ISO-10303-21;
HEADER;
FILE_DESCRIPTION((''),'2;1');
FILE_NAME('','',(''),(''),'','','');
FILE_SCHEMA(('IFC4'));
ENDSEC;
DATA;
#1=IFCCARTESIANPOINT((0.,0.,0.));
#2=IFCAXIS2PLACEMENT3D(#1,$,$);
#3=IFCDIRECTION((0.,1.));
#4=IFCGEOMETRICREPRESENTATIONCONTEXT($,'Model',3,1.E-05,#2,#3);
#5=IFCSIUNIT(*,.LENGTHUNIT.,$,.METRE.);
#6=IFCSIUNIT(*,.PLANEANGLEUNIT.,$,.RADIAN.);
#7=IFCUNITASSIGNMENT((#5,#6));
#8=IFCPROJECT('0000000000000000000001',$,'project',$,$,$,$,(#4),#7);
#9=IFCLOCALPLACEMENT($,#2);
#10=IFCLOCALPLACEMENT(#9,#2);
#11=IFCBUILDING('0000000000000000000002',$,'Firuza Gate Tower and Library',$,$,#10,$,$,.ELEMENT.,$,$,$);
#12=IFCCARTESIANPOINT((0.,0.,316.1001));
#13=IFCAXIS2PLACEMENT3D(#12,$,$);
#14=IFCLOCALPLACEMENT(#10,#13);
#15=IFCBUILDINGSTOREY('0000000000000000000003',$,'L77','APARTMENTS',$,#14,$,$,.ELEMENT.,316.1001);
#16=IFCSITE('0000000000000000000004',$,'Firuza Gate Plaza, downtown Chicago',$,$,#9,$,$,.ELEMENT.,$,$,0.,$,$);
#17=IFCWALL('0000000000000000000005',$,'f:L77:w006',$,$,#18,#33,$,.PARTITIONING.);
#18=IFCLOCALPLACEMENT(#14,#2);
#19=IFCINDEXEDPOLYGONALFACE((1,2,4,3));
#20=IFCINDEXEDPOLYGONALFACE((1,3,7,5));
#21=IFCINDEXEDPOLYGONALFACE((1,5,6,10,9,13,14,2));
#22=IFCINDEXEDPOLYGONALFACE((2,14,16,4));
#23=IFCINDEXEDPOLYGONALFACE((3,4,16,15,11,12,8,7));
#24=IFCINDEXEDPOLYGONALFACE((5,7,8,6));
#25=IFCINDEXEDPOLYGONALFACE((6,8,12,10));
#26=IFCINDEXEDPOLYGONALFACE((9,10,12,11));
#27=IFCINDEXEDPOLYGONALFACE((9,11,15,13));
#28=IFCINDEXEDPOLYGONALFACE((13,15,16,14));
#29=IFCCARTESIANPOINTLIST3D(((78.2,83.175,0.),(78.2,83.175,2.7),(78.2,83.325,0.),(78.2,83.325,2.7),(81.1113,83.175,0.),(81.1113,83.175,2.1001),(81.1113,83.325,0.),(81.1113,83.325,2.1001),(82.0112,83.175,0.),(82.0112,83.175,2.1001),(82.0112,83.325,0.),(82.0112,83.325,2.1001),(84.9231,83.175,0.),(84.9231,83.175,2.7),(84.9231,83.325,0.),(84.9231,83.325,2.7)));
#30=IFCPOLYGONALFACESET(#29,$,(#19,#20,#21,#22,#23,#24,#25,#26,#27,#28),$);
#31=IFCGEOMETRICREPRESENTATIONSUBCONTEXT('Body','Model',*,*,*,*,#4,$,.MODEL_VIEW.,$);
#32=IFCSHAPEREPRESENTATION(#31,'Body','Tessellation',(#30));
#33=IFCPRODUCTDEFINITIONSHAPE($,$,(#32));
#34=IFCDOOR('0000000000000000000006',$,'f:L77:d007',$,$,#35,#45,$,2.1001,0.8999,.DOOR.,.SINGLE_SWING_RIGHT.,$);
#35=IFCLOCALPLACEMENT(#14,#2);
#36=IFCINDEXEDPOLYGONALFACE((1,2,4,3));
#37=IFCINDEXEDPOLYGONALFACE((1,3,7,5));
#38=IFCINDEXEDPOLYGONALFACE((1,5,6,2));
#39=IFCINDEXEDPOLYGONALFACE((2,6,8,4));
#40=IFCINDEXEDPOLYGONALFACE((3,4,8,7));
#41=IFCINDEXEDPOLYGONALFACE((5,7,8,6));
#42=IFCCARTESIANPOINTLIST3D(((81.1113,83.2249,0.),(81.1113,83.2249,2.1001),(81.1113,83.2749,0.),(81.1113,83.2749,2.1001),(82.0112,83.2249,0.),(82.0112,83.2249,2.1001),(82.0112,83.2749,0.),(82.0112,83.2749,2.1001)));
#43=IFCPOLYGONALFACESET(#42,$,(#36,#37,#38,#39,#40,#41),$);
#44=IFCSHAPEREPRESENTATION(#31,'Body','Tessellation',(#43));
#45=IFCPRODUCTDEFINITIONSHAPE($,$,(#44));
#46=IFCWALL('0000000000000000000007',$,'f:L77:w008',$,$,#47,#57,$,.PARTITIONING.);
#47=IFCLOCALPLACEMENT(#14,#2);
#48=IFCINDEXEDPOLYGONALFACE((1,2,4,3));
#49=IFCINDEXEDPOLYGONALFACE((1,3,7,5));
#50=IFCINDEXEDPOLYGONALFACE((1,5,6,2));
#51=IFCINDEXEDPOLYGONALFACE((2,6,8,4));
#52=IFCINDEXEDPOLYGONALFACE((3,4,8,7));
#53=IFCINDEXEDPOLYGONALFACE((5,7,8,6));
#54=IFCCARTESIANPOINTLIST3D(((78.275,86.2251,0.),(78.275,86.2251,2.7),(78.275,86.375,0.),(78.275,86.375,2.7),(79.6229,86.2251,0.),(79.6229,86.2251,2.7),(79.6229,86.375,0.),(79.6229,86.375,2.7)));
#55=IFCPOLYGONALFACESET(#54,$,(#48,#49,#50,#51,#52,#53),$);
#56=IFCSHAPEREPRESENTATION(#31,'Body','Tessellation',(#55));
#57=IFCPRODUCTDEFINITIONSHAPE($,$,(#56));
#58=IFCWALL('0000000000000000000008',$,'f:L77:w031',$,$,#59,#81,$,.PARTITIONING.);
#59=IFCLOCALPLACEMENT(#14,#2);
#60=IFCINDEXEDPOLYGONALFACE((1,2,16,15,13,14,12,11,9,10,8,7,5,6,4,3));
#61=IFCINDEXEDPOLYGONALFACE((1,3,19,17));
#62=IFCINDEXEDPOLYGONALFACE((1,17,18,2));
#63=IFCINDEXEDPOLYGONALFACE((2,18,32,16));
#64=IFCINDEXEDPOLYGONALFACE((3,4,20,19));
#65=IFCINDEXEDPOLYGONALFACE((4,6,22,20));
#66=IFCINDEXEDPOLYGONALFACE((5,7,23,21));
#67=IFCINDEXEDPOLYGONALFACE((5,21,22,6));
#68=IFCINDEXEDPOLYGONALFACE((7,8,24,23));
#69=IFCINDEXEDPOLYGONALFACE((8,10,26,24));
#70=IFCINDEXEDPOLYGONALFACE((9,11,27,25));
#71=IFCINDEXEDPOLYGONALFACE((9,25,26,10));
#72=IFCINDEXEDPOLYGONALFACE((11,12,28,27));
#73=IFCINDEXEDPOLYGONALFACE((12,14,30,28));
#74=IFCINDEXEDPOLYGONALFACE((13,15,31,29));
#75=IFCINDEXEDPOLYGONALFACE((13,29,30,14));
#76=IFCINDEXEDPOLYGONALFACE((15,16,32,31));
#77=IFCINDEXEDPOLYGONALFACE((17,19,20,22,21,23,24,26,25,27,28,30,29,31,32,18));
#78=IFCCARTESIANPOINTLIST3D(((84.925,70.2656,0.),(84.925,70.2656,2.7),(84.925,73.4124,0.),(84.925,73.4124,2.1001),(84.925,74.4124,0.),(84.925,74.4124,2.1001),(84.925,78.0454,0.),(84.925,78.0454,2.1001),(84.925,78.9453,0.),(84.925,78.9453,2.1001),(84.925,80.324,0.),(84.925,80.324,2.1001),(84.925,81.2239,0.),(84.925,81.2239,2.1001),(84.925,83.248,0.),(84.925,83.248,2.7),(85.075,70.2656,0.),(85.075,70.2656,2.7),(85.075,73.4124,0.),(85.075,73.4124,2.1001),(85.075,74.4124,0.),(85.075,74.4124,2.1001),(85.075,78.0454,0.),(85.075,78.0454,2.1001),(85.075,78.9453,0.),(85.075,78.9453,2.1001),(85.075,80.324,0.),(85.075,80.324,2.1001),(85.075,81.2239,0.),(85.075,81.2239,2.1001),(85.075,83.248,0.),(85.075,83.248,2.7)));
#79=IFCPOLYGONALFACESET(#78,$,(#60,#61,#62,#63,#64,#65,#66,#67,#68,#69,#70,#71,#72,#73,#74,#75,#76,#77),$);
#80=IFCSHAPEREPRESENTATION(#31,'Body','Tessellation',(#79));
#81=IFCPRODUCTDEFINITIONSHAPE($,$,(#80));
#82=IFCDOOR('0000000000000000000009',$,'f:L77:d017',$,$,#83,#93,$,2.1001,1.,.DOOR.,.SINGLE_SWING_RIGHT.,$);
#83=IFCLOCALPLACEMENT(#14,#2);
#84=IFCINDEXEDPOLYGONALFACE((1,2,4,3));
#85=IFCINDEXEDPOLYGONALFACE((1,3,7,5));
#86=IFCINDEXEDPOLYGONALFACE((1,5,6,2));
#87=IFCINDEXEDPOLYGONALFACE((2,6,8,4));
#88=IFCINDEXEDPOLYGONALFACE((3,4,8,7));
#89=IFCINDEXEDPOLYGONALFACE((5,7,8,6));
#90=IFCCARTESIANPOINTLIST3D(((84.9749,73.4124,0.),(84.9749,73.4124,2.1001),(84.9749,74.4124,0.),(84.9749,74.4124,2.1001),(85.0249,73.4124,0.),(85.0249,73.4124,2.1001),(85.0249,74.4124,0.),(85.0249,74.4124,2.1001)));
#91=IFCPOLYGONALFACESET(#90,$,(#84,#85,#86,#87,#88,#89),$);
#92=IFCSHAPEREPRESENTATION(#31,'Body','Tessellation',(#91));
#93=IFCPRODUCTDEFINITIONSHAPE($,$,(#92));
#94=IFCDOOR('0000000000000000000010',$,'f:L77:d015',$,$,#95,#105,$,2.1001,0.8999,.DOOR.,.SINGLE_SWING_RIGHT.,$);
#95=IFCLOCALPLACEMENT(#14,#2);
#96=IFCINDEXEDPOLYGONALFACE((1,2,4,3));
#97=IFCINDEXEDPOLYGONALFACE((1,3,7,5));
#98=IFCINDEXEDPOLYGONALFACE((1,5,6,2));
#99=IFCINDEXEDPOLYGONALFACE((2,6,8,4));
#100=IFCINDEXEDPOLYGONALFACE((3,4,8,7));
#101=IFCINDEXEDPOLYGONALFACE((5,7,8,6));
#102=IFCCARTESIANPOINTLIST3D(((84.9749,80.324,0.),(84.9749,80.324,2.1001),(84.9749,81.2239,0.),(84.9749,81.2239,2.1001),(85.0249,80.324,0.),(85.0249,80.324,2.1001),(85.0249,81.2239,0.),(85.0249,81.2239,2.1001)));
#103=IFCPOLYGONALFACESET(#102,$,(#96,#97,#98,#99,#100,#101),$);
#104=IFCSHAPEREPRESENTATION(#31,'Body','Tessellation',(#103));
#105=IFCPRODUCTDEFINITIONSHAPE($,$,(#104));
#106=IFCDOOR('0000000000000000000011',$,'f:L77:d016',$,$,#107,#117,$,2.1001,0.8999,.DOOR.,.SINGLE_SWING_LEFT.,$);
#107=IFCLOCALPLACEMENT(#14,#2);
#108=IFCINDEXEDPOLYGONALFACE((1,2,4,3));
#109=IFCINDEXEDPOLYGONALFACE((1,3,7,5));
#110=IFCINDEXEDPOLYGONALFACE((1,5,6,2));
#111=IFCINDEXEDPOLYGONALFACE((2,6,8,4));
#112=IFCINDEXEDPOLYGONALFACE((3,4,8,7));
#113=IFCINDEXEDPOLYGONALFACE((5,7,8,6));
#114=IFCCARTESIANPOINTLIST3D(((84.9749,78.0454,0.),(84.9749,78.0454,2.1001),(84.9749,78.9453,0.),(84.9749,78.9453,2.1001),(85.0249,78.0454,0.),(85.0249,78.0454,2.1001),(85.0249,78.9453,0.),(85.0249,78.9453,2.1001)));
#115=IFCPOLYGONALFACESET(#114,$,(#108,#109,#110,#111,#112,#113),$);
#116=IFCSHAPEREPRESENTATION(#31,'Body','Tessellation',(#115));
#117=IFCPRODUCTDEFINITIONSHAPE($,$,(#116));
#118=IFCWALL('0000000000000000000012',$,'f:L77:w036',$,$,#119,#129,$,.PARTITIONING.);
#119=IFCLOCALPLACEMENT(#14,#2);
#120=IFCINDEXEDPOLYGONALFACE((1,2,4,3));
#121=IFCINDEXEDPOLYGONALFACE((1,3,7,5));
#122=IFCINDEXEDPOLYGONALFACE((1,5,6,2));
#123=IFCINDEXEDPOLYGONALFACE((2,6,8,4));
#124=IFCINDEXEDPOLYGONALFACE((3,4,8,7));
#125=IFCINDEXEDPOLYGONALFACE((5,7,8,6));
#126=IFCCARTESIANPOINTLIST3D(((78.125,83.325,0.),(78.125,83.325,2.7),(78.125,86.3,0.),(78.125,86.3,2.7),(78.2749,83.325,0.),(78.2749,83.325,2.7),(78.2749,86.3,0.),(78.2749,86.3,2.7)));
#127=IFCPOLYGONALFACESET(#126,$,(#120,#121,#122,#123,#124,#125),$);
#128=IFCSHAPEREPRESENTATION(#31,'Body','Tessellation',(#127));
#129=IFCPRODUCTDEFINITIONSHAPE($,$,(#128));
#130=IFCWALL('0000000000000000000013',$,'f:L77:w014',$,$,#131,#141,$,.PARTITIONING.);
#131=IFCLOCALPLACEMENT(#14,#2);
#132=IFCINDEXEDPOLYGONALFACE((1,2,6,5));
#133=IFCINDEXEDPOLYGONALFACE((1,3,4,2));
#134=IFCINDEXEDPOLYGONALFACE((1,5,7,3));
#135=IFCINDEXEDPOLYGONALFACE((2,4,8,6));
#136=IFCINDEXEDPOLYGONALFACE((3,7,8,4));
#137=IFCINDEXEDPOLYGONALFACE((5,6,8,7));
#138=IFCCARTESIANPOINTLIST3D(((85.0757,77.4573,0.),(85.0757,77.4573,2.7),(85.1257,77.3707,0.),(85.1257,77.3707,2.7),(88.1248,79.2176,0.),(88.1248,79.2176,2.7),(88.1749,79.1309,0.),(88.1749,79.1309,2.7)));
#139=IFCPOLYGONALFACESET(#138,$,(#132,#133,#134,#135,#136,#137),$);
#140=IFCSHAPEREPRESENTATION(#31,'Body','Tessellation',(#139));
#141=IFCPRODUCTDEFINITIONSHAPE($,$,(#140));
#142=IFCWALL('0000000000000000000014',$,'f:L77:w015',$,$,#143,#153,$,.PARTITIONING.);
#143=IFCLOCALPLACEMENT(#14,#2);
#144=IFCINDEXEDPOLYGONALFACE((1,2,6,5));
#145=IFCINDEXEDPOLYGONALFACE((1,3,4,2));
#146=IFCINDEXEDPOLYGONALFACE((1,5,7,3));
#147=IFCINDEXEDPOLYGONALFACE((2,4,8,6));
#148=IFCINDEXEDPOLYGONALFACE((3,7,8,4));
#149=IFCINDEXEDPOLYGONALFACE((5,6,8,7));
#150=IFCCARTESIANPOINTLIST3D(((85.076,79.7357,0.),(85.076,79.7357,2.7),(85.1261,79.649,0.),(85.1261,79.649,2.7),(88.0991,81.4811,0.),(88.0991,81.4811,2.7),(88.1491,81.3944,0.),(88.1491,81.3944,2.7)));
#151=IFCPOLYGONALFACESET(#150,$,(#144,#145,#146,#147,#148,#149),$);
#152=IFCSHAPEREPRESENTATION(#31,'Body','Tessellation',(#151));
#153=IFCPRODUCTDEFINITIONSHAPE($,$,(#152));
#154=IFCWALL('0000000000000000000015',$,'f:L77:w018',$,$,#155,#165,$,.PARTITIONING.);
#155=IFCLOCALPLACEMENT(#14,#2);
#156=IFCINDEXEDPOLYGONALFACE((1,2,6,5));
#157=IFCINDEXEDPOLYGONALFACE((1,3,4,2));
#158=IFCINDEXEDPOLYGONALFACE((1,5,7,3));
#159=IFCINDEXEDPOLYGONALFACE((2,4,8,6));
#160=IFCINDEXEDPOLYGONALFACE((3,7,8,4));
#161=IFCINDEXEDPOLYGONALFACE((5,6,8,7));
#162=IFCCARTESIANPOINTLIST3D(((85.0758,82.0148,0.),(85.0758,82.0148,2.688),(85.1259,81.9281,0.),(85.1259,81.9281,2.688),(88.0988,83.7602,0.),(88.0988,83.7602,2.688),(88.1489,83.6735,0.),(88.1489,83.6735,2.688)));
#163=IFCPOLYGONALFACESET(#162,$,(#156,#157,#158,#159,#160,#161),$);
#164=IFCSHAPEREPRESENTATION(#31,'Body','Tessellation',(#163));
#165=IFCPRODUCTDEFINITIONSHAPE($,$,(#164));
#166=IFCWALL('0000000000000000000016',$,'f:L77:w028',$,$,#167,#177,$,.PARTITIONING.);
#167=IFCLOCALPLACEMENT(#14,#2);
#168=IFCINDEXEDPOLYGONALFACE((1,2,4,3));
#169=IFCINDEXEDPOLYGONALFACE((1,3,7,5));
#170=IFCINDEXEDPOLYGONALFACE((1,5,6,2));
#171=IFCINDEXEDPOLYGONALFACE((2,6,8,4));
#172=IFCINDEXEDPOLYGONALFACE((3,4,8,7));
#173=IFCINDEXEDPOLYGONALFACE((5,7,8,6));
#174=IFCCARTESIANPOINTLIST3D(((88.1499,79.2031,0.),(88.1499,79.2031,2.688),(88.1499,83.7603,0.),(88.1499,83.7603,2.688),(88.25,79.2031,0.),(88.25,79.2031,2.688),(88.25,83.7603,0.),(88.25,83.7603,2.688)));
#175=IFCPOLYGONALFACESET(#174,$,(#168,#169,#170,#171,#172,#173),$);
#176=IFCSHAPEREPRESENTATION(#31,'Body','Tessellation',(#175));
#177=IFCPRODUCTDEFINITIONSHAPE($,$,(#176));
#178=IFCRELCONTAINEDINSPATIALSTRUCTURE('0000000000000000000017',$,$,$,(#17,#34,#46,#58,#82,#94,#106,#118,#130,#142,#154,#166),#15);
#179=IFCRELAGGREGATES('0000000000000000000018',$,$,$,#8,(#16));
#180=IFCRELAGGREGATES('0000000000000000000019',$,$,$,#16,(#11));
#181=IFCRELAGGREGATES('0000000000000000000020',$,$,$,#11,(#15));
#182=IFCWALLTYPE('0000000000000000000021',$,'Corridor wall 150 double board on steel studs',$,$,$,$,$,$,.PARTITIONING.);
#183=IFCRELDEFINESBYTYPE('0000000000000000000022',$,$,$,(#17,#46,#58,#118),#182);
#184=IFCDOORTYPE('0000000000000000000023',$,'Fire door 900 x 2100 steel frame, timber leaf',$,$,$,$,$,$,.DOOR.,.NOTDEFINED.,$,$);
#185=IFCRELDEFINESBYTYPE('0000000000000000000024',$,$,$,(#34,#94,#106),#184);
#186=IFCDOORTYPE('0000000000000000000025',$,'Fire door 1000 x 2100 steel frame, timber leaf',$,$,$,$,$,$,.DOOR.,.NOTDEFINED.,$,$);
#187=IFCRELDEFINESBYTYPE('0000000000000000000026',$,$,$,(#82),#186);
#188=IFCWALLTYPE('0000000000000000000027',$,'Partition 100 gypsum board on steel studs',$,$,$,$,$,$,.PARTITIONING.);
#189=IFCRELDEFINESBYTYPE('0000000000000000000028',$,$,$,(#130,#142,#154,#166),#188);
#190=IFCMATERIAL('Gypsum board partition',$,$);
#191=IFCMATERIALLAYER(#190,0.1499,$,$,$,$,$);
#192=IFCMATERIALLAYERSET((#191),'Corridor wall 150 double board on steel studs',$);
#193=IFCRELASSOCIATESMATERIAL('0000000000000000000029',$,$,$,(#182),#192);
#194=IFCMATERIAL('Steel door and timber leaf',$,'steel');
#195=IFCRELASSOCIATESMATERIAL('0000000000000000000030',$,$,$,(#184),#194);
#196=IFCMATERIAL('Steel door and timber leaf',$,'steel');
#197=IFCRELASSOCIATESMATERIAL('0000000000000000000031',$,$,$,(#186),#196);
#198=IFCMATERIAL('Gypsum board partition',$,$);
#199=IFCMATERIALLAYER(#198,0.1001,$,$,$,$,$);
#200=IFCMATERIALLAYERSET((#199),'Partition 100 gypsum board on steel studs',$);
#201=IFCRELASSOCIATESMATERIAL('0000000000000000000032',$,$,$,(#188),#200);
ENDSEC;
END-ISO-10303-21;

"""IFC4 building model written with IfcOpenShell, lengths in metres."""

from ifc_helpers import new_model, si_unit, direction, frame, frame_2d, origin, place, context, subcontext, project, spatial, rectangle, extrude, material, layer, layer_set, type_object, element, fill, save


model = new_model("IFC4")

# Units and contexts
model_context = context("Model", 3, precision=1e-05, world=origin(), true_north=direction((0.0, 1.0)))
body_context = subcontext(model_context, "Body", "Model", "MODEL_VIEW")
ifc_project = project(units=[si_unit("LENGTHUNIT", "METRE"), si_unit("PLANEANGLEUNIT", "RADIAN")], contexts=[model_context])

# Site, building, storey
site_placement = place(None, origin())
site = spatial("IfcSite", under=ifc_project, at=site_placement, Name="Firuza Gate Plaza, downtown Chicago", CompositionType="ELEMENT", RefElevation=0.0)
building_placement = place(site_placement, origin())
building = spatial("IfcBuilding", under=site, at=building_placement, Name="Firuza Gate Tower and Library", CompositionType="ELEMENT")
storey_placement = place(building_placement, frame((0.0, 0.0, 316.1001)))
storey = spatial("IfcBuildingStorey", under=building, at=storey_placement, Name="L77", Description="APARTMENTS", CompositionType="ELEMENT", Elevation=316.1001)

# Wall, opening, door
ifc_material_1 = material(Name="Gypsum board partition")
ifc_layer_1 = layer(ifc_material_1, 0.1499)
ifc_layer_set_1 = layer_set([ifc_layer_1], Name="Corridor wall 150 double board on steel studs")
wall_type_1 = type_object("IfcWallType", Name="Corridor wall 150 double board on steel studs", PredefinedType="PARTITIONING", material=ifc_layer_set_1)
wall_1_placement = place(storey_placement, frame((78.2, 83.25, 0.0), z_axis=(0.0, 0.0, 1.0), x_axis=(1.0, 0.0, 0.0)))
wall_1 = element("IfcWall", 1, at=wall_1_placement, inside=storey, type_object=wall_type_1, Name="f:L77:w006", PredefinedType="PARTITIONING", context=body_context, shape_type="SweptSolid", body=[
    extrude(rectangle(XDim=6.7231, YDim=0.1499, at=frame_2d((3.3616, 0.0))), origin(), (0.0, 0.0, 1.0), 2.7),
])
opening_1_placement = place(wall_1_placement, frame((2.9114, 0.0, 0.0)))
opening_1 = element("IfcOpeningElement", 2, at=opening_1_placement, cuts=wall_1, PredefinedType="OPENING", context=body_context, shape_type="SweptSolid", body=[
    extrude(rectangle(XDim=0.8999, YDim=2.1001, at=frame_2d((0.45, 1.05))), frame((0.0, 0.085, 0.0), z_axis=(0.0, -1.0, 0.0), x_axis=(1.0, 0.0, 0.0)), (0.0, 0.0, 1.0), 0.1699),
])
ifc_material_2 = material(Name="Steel door and timber leaf", Category="steel")
door_type_1 = type_object("IfcDoorType", Name="Fire door 900 x 2100 steel frame, timber leaf", OperationType="NOTDEFINED", PredefinedType="DOOR", material=ifc_material_2)
door_1_placement = place(opening_1_placement, origin())
door_1 = element("IfcDoor", 3, at=door_1_placement, inside=storey, type_object=door_type_1, Name="f:L77:d007", OperationType="SINGLE_SWING_RIGHT", OverallHeight=2.1001, OverallWidth=0.8999, PredefinedType="DOOR", context=body_context, shape_type="SweptSolid", body=[
    extrude(rectangle(XDim=0.8999, YDim=2.1001, at=frame_2d((0.45, 1.05))), frame((0.0, 0.0249, 0.0), z_axis=(0.0, -1.0, 0.0), x_axis=(1.0, 0.0, 0.0)), (0.0, 0.0, 1.0), 0.05),
])
fill(opening_1, door_1)

# Wall
wall_2_placement = place(storey_placement, frame((78.2751, 86.3, 0.0), z_axis=(0.0, 0.0, 1.0), x_axis=(1.0, 0.0, 0.0)))
element("IfcWall", 4, at=wall_2_placement, inside=storey, type_object=wall_type_1, Name="f:L77:w008", PredefinedType="PARTITIONING", context=body_context, shape_type="SweptSolid", body=[
    extrude(rectangle(XDim=1.3479, YDim=0.1499, at=frame_2d((0.6738, 0.0))), origin(), (0.0, 0.0, 1.0), 2.7),
])

# Wall, openings, doors
wall_3_placement = place(storey_placement, frame((85.0, 83.248, 0.0), z_axis=(0.0, 0.0, 1.0), x_axis=(0.0, -1.0, 0.0)))
wall_3 = element("IfcWall", 5, at=wall_3_placement, inside=storey, type_object=wall_type_1, Name="f:L77:w031", PredefinedType="PARTITIONING", context=body_context, shape_type="SweptSolid", body=[
    extrude(rectangle(XDim=12.9824, YDim=0.1499, at=frame_2d((6.4912, 0.0))), origin(), (0.0, 0.0, 1.0), 2.7),
])
opening_2_placement = place(wall_3_placement, frame((2.0242, 0.0, 0.0)))
opening_2 = element("IfcOpeningElement", 6, at=opening_2_placement, cuts=wall_3, PredefinedType="OPENING", context=body_context, shape_type="SweptSolid", body=[
    extrude(rectangle(XDim=0.8999, YDim=2.1001, at=frame_2d((0.45, 1.05))), frame((0.0, 0.085, 0.0), z_axis=(0.0, -1.0, 0.0), x_axis=(1.0, 0.0, 0.0)), (0.0, 0.0, 1.0), 0.1699),
])
opening_3_placement = place(wall_3_placement, frame((4.3027, 0.0, 0.0)))
opening_3 = element("IfcOpeningElement", 7, at=opening_3_placement, cuts=wall_3, PredefinedType="OPENING", context=body_context, shape_type="SweptSolid", body=[
    extrude(rectangle(XDim=0.8999, YDim=2.1001, at=frame_2d((0.45, 1.05))), frame((0.0, 0.085, 0.0), z_axis=(0.0, -1.0, 0.0), x_axis=(1.0, 0.0, 0.0)), (0.0, 0.0, 1.0), 0.1699),
])
opening_4_placement = place(wall_3_placement, frame((8.8357, 0.0, 0.0)))
opening_4 = element("IfcOpeningElement", 8, at=opening_4_placement, cuts=wall_3, PredefinedType="OPENING", context=body_context, shape_type="SweptSolid", body=[
    extrude(rectangle(XDim=1.0, YDim=2.1001, at=frame_2d((0.5, 1.05))), frame((0.0, 0.085, 0.0), z_axis=(0.0, -1.0, 0.0), x_axis=(1.0, 0.0, 0.0)), (0.0, 0.0, 1.0), 0.1699),
])
ifc_material_3 = material(Name="Steel door and timber leaf", Category="steel")
door_type_2 = type_object("IfcDoorType", Name="Fire door 1000 x 2100 steel frame, timber leaf", OperationType="NOTDEFINED", PredefinedType="DOOR", material=ifc_material_3)
door_2_placement = place(opening_4_placement, origin())
door_2 = element("IfcDoor", 9, at=door_2_placement, inside=storey, type_object=door_type_2, Name="f:L77:d017", OperationType="SINGLE_SWING_RIGHT", OverallHeight=2.1001, OverallWidth=1.0, PredefinedType="DOOR", context=body_context, shape_type="SweptSolid", body=[
    extrude(rectangle(XDim=1.0, YDim=2.1001, at=frame_2d((0.5, 1.05))), frame((0.0, 0.0249, 0.0), z_axis=(0.0, -1.0, 0.0), x_axis=(1.0, 0.0, 0.0)), (0.0, 0.0, 1.0), 0.05),
])
fill(opening_4, door_2)
door_3_placement = place(opening_2_placement, origin())
door_3 = element("IfcDoor", 10, at=door_3_placement, inside=storey, type_object=door_type_1, Name="f:L77:d015", OperationType="SINGLE_SWING_RIGHT", OverallHeight=2.1001, OverallWidth=0.8999, PredefinedType="DOOR", context=body_context, shape_type="SweptSolid", body=[
    extrude(rectangle(XDim=0.8999, YDim=2.1001, at=frame_2d((0.45, 1.05))), frame((0.0, 0.0249, 0.0), z_axis=(0.0, -1.0, 0.0), x_axis=(1.0, 0.0, 0.0)), (0.0, 0.0, 1.0), 0.05),
])
fill(opening_2, door_3)
door_4_placement = place(opening_3_placement, origin())
door_4 = element("IfcDoor", 11, at=door_4_placement, inside=storey, type_object=door_type_1, Name="f:L77:d016", OperationType="SINGLE_SWING_LEFT", OverallHeight=2.1001, OverallWidth=0.8999, PredefinedType="DOOR", context=body_context, shape_type="SweptSolid", body=[
    extrude(rectangle(XDim=0.8999, YDim=2.1001, at=frame_2d((0.45, 1.05))), frame((0.0, 0.0249, 0.0), z_axis=(0.0, -1.0, 0.0), x_axis=(1.0, 0.0, 0.0)), (0.0, 0.0, 1.0), 0.05),
])
fill(opening_3, door_4)

# Walls
wall_4_placement = place(storey_placement, frame((78.2, 83.325, 0.0), z_axis=(0.0, 0.0, 1.0), x_axis=(0.0, 1.0, 0.0)))
element("IfcWall", 12, at=wall_4_placement, inside=storey, type_object=wall_type_1, Name="f:L77:w036", PredefinedType="PARTITIONING", context=body_context, shape_type="SweptSolid", body=[
    extrude(rectangle(XDim=2.9751, YDim=0.1499, at=frame_2d((1.4875, 0.0))), origin(), (0.0, 0.0, 1.0), 2.7),
])
ifc_material_4 = material(Name="Gypsum board partition")
ifc_layer_2 = layer(ifc_material_4, 0.1001)
ifc_layer_set_2 = layer_set([ifc_layer_2], Name="Partition 100 gypsum board on steel studs")
wall_type_2 = type_object("IfcWallType", Name="Partition 100 gypsum board on steel studs", PredefinedType="PARTITIONING", material=ifc_layer_set_2)
wall_5_placement = place(storey_placement, frame((85.1008, 77.4141, 0.0), z_axis=(0.0, 0.0, 1.0), x_axis=(0.866041, 0.499973, 0.0)))
element("IfcWall", 13, at=wall_5_placement, inside=storey, type_object=wall_type_2, Name="f:L77:w014", PredefinedType="PARTITIONING", context=body_context, shape_type="SweptSolid", body=[
    extrude(rectangle(XDim=3.5208, YDim=0.1001, at=frame_2d((1.7603, 0.0))), origin(), (0.0, 0.0, 1.0), 2.7),
])
wall_6_placement = place(storey_placement, frame((85.1011, 79.6924, 0.0), z_axis=(0.0, 0.0, 1.0), x_axis=(0.866018, 0.500013, 0.0)))
element("IfcWall", 14, at=wall_6_placement, inside=storey, type_object=wall_type_2, Name="f:L77:w015", PredefinedType="PARTITIONING", context=body_context, shape_type="SweptSolid", body=[
    extrude(rectangle(XDim=3.4907, YDim=0.1001, at=frame_2d((1.7454, 0.0))), origin(), (0.0, 0.0, 1.0), 2.7),
])
wall_7_placement = place(storey_placement, frame((85.1008, 81.9714, 0.0), z_axis=(0.0, 0.0, 1.0), x_axis=(0.866018, 0.500013, 0.0)))
element("IfcWall", 15, at=wall_7_placement, inside=storey, type_object=wall_type_2, Name="f:L77:w018", PredefinedType="PARTITIONING", context=body_context, shape_type="SweptSolid", body=[
    extrude(rectangle(XDim=3.4907, YDim=0.1001, at=frame_2d((1.7454, 0.0))), origin(), (0.0, 0.0, 1.0), 2.688),
])
wall_8_placement = place(storey_placement, frame((88.2, 79.2031, 0.0), z_axis=(0.0, 0.0, 1.0), x_axis=(0.0, 1.0, 0.0)))
element("IfcWall", 16, at=wall_8_placement, inside=storey, type_object=wall_type_2, Name="f:L77:w028", PredefinedType="PARTITIONING", context=body_context, shape_type="SweptSolid", body=[
    extrude(rectangle(XDim=4.5571, YDim=0.1001, at=frame_2d((2.2786, 0.0))), origin(), (0.0, 0.0, 1.0), 2.688),
])

save(model, "model.ifc")
